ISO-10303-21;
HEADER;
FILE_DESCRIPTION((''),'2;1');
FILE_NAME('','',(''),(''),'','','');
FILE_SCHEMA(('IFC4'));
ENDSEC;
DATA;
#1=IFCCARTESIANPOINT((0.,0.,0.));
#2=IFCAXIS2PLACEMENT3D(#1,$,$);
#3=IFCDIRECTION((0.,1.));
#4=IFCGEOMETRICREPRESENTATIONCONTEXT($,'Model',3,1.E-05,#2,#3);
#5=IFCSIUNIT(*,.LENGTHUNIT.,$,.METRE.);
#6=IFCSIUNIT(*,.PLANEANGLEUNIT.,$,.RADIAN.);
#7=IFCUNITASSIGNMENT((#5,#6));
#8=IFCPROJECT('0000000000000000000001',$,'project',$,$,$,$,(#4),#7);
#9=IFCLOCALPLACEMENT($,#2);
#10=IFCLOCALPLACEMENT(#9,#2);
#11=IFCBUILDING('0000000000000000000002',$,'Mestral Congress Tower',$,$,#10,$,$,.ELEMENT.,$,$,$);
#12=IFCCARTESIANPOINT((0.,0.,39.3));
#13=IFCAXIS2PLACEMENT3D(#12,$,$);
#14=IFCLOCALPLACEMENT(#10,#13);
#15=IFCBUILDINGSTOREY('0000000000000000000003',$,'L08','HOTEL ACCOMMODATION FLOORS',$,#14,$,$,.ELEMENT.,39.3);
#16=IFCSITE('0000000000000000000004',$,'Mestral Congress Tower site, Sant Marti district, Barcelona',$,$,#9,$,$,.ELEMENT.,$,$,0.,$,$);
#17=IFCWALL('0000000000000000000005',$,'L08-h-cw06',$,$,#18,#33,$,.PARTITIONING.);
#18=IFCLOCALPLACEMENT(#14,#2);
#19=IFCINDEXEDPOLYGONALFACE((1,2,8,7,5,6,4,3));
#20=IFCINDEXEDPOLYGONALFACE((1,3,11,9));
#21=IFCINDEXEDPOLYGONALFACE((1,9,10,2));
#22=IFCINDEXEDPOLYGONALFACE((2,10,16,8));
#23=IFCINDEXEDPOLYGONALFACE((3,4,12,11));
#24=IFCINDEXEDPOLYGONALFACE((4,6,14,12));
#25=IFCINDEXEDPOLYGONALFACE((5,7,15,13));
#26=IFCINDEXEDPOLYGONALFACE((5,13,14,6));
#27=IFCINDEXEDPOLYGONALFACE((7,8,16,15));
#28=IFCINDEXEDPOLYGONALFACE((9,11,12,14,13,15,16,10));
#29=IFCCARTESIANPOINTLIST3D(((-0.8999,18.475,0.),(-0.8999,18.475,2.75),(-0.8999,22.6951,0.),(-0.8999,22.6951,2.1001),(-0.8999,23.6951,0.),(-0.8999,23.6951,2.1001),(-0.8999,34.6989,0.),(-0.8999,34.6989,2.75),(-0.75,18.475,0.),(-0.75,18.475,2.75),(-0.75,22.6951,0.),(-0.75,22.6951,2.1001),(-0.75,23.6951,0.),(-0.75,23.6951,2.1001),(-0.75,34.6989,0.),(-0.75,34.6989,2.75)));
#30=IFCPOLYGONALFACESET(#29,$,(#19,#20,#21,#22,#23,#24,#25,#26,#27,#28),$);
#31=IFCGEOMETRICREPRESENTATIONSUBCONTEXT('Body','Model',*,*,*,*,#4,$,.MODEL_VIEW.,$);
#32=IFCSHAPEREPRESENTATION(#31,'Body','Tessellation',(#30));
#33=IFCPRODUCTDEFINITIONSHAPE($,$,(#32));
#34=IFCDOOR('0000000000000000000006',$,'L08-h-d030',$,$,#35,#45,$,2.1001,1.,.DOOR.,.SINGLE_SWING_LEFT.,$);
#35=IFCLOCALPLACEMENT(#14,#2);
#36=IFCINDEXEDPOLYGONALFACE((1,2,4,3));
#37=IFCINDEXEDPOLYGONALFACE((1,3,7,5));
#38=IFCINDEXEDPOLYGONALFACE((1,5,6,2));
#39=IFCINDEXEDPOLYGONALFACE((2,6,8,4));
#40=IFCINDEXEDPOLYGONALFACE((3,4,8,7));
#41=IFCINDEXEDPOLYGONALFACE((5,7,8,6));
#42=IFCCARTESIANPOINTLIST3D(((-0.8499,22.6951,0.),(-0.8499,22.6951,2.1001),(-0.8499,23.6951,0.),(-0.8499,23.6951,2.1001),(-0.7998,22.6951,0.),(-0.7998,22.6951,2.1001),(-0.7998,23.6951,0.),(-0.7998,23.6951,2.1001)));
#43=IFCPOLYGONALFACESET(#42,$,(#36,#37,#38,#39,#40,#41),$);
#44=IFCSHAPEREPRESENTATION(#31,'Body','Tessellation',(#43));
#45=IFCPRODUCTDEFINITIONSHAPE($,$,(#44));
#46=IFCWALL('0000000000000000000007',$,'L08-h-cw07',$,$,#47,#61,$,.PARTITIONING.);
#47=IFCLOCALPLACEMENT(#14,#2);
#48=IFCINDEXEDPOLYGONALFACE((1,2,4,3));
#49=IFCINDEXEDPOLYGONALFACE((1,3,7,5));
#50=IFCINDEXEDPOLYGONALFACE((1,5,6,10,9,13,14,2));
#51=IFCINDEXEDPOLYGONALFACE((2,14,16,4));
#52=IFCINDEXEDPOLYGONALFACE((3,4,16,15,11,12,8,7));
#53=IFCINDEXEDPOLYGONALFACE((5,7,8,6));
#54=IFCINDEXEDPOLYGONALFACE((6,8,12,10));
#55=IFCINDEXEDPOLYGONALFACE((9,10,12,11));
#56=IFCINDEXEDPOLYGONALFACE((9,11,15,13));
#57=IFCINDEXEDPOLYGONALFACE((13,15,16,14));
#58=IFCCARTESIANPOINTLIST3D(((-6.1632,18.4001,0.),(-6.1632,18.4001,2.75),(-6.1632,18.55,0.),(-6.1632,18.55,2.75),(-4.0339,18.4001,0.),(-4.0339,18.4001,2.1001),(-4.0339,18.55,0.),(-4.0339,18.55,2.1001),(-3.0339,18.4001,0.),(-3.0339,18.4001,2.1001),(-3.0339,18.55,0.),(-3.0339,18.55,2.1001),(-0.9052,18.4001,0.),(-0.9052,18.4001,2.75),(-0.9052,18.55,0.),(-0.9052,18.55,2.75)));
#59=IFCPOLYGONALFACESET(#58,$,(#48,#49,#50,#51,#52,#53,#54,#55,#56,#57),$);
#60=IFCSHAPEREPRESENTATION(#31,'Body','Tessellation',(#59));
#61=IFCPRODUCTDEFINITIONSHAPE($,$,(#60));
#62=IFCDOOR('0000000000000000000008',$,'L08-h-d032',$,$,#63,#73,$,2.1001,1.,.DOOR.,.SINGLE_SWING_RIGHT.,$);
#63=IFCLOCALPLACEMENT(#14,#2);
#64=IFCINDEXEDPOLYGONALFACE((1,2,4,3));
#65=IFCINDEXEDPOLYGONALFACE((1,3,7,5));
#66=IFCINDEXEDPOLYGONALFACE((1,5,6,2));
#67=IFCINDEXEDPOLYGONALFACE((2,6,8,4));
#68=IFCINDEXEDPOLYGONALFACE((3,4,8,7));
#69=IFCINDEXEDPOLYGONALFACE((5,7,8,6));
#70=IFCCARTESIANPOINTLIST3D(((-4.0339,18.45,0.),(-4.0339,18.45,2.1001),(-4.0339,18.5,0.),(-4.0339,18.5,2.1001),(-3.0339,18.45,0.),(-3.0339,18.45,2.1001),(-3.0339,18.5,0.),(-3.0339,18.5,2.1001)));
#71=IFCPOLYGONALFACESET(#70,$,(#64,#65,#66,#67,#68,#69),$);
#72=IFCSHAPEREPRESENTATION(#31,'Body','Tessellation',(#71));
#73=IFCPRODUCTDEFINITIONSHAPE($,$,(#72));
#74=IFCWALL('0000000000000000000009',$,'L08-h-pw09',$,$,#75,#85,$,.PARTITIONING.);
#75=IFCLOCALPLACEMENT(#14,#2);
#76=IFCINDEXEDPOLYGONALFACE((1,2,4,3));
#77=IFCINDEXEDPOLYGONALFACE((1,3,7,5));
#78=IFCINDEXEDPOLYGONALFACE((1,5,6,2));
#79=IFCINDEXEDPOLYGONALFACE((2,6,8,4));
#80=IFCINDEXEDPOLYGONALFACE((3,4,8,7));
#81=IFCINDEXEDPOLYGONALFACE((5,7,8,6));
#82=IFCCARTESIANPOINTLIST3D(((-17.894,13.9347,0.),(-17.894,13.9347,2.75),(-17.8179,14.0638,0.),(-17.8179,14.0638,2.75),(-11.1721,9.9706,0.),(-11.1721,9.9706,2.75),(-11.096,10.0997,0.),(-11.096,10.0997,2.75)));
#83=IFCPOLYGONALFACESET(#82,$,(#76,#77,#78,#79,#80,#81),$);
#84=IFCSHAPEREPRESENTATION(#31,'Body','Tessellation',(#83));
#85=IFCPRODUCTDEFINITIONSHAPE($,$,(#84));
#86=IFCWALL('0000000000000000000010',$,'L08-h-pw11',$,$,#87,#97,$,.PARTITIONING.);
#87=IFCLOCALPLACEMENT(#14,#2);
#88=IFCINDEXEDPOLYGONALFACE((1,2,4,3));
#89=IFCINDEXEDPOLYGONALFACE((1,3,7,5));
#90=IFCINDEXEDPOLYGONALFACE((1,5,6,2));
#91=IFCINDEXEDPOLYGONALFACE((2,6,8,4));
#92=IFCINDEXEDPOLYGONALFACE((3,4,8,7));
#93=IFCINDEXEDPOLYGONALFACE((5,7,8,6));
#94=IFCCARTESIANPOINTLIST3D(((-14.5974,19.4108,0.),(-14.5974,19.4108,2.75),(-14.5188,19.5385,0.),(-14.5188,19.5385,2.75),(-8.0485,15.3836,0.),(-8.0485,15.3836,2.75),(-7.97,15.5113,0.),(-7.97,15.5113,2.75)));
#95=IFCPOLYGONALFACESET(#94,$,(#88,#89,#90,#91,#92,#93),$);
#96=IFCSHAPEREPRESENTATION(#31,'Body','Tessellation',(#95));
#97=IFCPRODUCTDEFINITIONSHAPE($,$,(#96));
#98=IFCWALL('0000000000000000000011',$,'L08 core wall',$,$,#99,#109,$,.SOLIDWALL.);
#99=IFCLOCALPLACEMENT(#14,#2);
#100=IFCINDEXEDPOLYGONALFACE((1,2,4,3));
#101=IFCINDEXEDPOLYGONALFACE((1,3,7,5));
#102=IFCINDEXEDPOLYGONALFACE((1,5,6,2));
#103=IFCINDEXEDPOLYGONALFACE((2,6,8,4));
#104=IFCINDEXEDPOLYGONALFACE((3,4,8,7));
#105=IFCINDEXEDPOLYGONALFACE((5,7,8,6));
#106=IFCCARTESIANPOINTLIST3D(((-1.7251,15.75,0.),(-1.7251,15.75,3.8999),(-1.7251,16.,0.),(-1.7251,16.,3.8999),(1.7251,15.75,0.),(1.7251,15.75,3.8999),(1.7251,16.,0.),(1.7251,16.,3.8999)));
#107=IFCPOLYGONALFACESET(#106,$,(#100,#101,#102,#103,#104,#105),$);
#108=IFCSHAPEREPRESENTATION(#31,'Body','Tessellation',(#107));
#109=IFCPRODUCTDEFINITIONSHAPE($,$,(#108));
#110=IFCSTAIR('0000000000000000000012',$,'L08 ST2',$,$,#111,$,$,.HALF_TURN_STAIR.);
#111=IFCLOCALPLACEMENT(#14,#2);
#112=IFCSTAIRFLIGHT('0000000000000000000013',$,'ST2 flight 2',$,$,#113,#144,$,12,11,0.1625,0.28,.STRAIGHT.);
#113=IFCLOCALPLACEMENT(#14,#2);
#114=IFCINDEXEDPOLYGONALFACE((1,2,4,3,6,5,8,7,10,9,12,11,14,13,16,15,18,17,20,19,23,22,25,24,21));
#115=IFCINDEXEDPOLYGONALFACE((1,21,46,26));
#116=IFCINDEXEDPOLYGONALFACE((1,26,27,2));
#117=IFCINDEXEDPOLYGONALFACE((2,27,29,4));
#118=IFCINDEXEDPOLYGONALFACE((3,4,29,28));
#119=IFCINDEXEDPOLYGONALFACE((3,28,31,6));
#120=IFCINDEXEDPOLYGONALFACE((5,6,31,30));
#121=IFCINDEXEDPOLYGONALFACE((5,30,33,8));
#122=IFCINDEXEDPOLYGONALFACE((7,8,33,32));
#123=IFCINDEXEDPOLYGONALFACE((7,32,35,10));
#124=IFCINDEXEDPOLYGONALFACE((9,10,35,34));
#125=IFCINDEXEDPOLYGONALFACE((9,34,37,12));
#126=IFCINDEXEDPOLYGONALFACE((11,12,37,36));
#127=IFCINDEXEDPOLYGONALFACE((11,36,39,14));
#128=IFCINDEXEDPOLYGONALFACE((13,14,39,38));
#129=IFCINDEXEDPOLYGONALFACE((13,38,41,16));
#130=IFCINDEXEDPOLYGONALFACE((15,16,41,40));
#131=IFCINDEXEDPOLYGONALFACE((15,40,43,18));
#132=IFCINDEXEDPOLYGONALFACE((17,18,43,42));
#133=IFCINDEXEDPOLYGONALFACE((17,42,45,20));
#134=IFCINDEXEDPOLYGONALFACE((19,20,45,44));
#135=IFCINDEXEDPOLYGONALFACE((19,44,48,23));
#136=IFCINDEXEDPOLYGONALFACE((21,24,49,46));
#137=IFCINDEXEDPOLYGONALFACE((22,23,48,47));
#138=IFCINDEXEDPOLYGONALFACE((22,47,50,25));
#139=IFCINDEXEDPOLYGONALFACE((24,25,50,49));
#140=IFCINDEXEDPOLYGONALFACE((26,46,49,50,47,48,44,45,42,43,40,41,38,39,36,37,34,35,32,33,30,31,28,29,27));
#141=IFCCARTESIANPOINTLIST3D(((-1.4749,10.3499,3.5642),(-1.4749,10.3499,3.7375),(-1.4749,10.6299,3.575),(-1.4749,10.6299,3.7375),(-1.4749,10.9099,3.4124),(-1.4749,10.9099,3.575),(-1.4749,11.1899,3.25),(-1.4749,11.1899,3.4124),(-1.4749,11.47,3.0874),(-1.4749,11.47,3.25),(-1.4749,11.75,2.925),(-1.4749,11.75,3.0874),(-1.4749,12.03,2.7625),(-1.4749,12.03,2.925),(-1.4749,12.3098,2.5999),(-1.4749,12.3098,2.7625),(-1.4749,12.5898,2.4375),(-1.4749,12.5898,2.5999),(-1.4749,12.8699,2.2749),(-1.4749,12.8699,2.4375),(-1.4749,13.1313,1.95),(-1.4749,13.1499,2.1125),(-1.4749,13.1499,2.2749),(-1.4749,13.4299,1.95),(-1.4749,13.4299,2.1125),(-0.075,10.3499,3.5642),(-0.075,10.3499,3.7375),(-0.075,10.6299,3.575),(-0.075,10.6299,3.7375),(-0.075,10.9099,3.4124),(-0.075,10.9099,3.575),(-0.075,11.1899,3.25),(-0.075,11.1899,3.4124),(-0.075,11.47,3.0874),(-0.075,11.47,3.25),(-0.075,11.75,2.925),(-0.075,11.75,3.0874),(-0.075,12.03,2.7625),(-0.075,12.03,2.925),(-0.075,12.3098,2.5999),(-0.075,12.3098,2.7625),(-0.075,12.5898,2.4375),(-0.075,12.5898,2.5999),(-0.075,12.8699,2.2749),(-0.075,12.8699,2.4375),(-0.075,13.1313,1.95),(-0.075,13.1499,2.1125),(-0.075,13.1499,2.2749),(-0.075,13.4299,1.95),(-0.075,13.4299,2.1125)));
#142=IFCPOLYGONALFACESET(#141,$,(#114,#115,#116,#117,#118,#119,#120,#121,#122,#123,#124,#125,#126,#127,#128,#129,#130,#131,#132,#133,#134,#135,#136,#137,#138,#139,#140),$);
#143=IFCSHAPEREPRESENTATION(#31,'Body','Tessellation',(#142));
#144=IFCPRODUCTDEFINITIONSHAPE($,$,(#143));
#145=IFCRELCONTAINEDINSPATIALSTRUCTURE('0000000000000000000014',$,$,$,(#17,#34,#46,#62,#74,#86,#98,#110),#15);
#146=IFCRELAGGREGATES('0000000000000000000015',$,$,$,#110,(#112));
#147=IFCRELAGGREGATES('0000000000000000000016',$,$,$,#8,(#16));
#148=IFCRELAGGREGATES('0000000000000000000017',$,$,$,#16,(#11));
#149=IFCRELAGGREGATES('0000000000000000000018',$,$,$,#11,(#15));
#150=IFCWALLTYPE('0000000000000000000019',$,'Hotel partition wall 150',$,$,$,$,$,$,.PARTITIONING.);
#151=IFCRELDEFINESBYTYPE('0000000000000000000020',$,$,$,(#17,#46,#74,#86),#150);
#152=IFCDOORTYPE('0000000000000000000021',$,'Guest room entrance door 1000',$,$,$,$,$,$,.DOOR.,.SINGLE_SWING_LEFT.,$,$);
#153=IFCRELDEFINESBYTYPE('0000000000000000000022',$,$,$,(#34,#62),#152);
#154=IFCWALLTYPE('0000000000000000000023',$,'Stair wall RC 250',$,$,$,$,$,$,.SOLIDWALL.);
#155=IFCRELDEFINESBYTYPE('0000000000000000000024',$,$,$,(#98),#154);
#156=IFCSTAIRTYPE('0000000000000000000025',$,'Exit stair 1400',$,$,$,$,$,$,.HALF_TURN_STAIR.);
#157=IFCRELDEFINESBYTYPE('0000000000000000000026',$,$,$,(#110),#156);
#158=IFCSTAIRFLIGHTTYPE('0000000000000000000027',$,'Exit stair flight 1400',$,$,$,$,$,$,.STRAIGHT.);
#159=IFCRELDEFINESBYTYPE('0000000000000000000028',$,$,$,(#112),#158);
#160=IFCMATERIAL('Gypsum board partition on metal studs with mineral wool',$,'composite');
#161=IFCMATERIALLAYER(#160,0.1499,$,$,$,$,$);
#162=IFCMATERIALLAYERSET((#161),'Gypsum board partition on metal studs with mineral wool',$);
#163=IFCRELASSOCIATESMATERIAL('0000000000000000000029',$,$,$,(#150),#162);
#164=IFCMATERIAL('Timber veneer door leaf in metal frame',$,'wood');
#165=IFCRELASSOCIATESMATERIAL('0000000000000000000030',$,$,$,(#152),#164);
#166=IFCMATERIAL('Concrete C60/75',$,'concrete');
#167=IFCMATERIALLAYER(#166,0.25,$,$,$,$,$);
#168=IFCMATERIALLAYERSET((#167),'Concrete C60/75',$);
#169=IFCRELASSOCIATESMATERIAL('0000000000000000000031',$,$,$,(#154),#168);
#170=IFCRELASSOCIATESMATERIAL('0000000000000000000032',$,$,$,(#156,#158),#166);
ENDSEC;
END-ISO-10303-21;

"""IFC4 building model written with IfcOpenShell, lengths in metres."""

from ifc_helpers import new_model, si_unit, direction, frame, frame_2d, origin, place, context, subcontext, project, spatial, polyline, rectangle, outline, extrude, material, layer, layer_set, type_object, element, fill, aggregate, save


model = new_model("IFC4")

# Units and contexts
model_context = context("Model", 3, precision=1e-05, world=origin(), true_north=direction((0.0, 1.0)))
body_context = subcontext(model_context, "Body", "Model", "MODEL_VIEW")
ifc_project = project(units=[si_unit("LENGTHUNIT", "METRE"), si_unit("PLANEANGLEUNIT", "RADIAN")], contexts=[model_context])

# Site, building, storey
site_placement = place(None, origin())
site = spatial("IfcSite", under=ifc_project, at=site_placement, Name="Mestral Congress Tower site, Sant Marti district, Barcelona", CompositionType="ELEMENT", RefElevation=0.0)
building_placement = place(site_placement, origin())
building = spatial("IfcBuilding", under=site, at=building_placement, Name="Mestral Congress Tower", CompositionType="ELEMENT")
storey_placement = place(building_placement, frame((0.0, 0.0, 39.3)))
storey = spatial("IfcBuildingStorey", under=building, at=storey_placement, Name="L08", Description="HOTEL ACCOMMODATION FLOORS", CompositionType="ELEMENT", Elevation=39.3)

# Shared definitions
ifc_material_1 = material(Name="Concrete C60/75", Category="concrete")

# Shared definitions
ifc_material_2 = material(Name="Gypsum board partition on metal studs with mineral wool", Category="composite")

# Walls, openings, doors
ifc_layer_1 = layer(ifc_material_2, 0.1499)
ifc_layer_set_1 = layer_set([ifc_layer_1], Name="Gypsum board partition on metal studs with mineral wool")
wall_type_1 = type_object("IfcWallType", Name="Hotel partition wall 150", PredefinedType="PARTITIONING", material=ifc_layer_set_1)
wall_1_placement = place(storey_placement, frame((-0.825, 18.4751, 0.0), z_axis=(0.0, 0.0, 1.0), x_axis=(0.0, 1.0, 0.0)))
wall_1 = element("IfcWall", 1, at=wall_1_placement, inside=storey, type_object=wall_type_1, Name="L08-h-cw06", PredefinedType="PARTITIONING", context=body_context, shape_type="SweptSolid", body=[
    extrude(rectangle(XDim=16.2239, YDim=0.1499, at=frame_2d((8.1118, 0.0))), origin(), (0.0, 0.0, 1.0), 2.75),
])
opening_1_placement = place(wall_1_placement, frame((4.22, 0.0, 0.0)))
opening_1 = element("IfcOpeningElement", 2, at=opening_1_placement, cuts=wall_1, PredefinedType="OPENING", context=body_context, shape_type="SweptSolid", body=[
    extrude(rectangle(XDim=1.0, YDim=2.1001, at=frame_2d((0.5, 1.05))), frame((0.0, 0.085, 0.0), z_axis=(0.0, -1.0, 0.0), x_axis=(1.0, 0.0, 0.0)), (0.0, 0.0, 1.0), 0.1699),
])
ifc_material_3 = material(Name="Timber veneer door leaf in metal frame", Category="wood")
door_type_1 = type_object("IfcDoorType", Name="Guest room entrance door 1000", OperationType="SINGLE_SWING_LEFT", PredefinedType="DOOR", material=ifc_material_3)
door_1_placement = place(opening_1_placement, origin())
door_1 = element("IfcDoor", 3, at=door_1_placement, inside=storey, type_object=door_type_1, Name="L08-h-d030", OperationType="SINGLE_SWING_LEFT", OverallHeight=2.1001, OverallWidth=1.0, PredefinedType="DOOR", context=body_context, shape_type="SweptSolid", body=[
    extrude(rectangle(XDim=1.0, YDim=2.1001, at=frame_2d((0.5, 1.05))), frame((0.0, 0.0249, 0.0), z_axis=(0.0, -1.0, 0.0), x_axis=(1.0, 0.0, 0.0)), (0.0, 0.0, 1.0), 0.05),
])
fill(opening_1, door_1)
wall_2_placement = place(storey_placement, frame((-6.1631, 18.4751, 0.0), z_axis=(0.0, 0.0, 1.0), x_axis=(1.0, 0.0, 0.0)))
wall_2 = element("IfcWall", 4, at=wall_2_placement, inside=storey, type_object=wall_type_1, Name="L08-h-cw07", PredefinedType="PARTITIONING", context=body_context, shape_type="SweptSolid", body=[
    extrude(rectangle(XDim=5.2581, YDim=0.1499, at=frame_2d((2.6289, 0.0))), origin(), (0.0, 0.0, 1.0), 2.75),
])
opening_2_placement = place(wall_2_placement, frame((2.1292, 0.0, 0.0)))
opening_2 = element("IfcOpeningElement", 5, at=opening_2_placement, cuts=wall_2, PredefinedType="OPENING", context=body_context, shape_type="SweptSolid", body=[
    extrude(rectangle(XDim=1.0, YDim=2.1001, at=frame_2d((0.5, 1.05))), frame((0.0, 0.085, 0.0), z_axis=(0.0, -1.0, 0.0), x_axis=(1.0, 0.0, 0.0)), (0.0, 0.0, 1.0), 0.1699),
])
door_2_placement = place(opening_2_placement, origin())
door_2 = element("IfcDoor", 6, at=door_2_placement, inside=storey, type_object=door_type_1, Name="L08-h-d032", OperationType="SINGLE_SWING_RIGHT", OverallHeight=2.1001, OverallWidth=1.0, PredefinedType="DOOR", context=body_context, shape_type="SweptSolid", body=[
    extrude(rectangle(XDim=1.0, YDim=2.1001, at=frame_2d((0.5, 1.05))), frame((0.0, 0.0249, 0.0), z_axis=(0.0, -1.0, 0.0), x_axis=(1.0, 0.0, 0.0)), (0.0, 0.0, 1.0), 0.05),
])
fill(opening_2, door_2)

# Walls
wall_3_placement = place(storey_placement, frame((-17.856, 13.9993, 0.0), z_axis=(0.0, 0.0, 1.0), x_axis=(0.861372, -0.507975, 0.0)))
element("IfcWall", 7, at=wall_3_placement, inside=storey, type_object=wall_type_1, Name="L08-h-pw09", PredefinedType="PARTITIONING", context=body_context, shape_type="SweptSolid", body=[
    extrude(rectangle(XDim=7.8037, YDim=0.1499, at=frame_2d((3.9019, 0.0))), origin(), (0.0, 0.0, 1.0), 2.75),
])
wall_4_placement = place(storey_placement, frame((-14.5581, 19.4746, 0.0), z_axis=(0.0, 0.0, 1.0), x_axis=(0.851829, -0.523819, 0.0)))
element("IfcWall", 8, at=wall_4_placement, inside=storey, type_object=wall_type_1, Name="L08-h-pw11", PredefinedType="PARTITIONING", context=body_context, shape_type="SweptSolid", body=[
    extrude(rectangle(XDim=7.688, YDim=0.1499, at=frame_2d((3.844, 0.0))), origin(), (0.0, 0.0, 1.0), 2.75),
])
ifc_layer_2 = layer(ifc_material_1, 0.25)
ifc_layer_set_2 = layer_set([ifc_layer_2], Name="Concrete C60/75")
wall_type_2 = type_object("IfcWallType", Name="Stair wall RC 250", PredefinedType="SOLIDWALL", material=ifc_layer_set_2)
wall_5_placement = place(storey_placement, frame((-1.7251, 15.875, 0.0), z_axis=(0.0, 0.0, 1.0), x_axis=(1.0, 0.0, 0.0)))
element("IfcWall", 9, at=wall_5_placement, inside=storey, type_object=wall_type_2, Name="L08 core wall", PredefinedType="SOLIDWALL", context=body_context, shape_type="SweptSolid", body=[
    extrude(rectangle(XDim=3.4502, YDim=0.25, at=frame_2d((1.7251, 0.0))), origin(), (0.0, 0.0, 1.0), 3.8999),
])

# Stair, stair flight
stair_type = type_object("IfcStairType", Name="Exit stair 1400", PredefinedType="HALF_TURN_STAIR", material=ifc_material_1)
stair_placement = place(storey_placement, origin())
stair = element("IfcStair", 10, at=stair_placement, inside=storey, type_object=stair_type, Name="L08 ST2", PredefinedType="HALF_TURN_STAIR")
stair_flight_type = type_object("IfcStairFlightType", Name="Exit stair flight 1400", PredefinedType="STRAIGHT", material=ifc_material_1)
stair_flight_placement = place(storey_placement, frame((-0.7749, 13.4299, 1.95), z_axis=(0.0, 0.0, 1.0), x_axis=(0.0, -1.0, 0.0)))
stair_flight = element("IfcStairFlight", 11, at=stair_flight_placement, type_object=stair_flight_type, Name="ST2 flight 2", NumberOfRisers=12, NumberOfTreads=11, PredefinedType="STRAIGHT", RiserHeight=0.1625, TreadLength=0.28, context=body_context, shape_type="SweptSolid", body=[
    extrude(outline(polyline([(0.0, 0.0), (0.0, 0.1626), (0.28, 0.1626), (0.28, 0.325), (0.5601, 0.325), (0.5601, 0.4875), (0.8401, 0.4875), (0.8401, 0.6499), (1.1201, 0.6499), (1.1201, 0.8125), (1.3999, 0.8125), (1.3999, 0.9751), (1.6799, 0.9751), (1.6799, 1.1375), (1.96, 1.1375), (1.96, 1.3), (2.24, 1.3), (2.24, 1.4624), (2.52, 1.4624), (2.52, 1.625), (2.8, 1.625), (2.8, 1.7876), (3.0801, 1.7876), (3.0801, 1.95), (3.0801, 1.6143), (0.2986, 0.0), (0.0, 0.0)])), frame((0.0, 0.7, 0.0), z_axis=(0.0, -1.0, 0.0), x_axis=(1.0, 0.0, 0.0)), (0.0, 0.0, 1.0), 1.3999),
])
aggregate(stair, [stair_flight])

save(model, "model.ifc")
